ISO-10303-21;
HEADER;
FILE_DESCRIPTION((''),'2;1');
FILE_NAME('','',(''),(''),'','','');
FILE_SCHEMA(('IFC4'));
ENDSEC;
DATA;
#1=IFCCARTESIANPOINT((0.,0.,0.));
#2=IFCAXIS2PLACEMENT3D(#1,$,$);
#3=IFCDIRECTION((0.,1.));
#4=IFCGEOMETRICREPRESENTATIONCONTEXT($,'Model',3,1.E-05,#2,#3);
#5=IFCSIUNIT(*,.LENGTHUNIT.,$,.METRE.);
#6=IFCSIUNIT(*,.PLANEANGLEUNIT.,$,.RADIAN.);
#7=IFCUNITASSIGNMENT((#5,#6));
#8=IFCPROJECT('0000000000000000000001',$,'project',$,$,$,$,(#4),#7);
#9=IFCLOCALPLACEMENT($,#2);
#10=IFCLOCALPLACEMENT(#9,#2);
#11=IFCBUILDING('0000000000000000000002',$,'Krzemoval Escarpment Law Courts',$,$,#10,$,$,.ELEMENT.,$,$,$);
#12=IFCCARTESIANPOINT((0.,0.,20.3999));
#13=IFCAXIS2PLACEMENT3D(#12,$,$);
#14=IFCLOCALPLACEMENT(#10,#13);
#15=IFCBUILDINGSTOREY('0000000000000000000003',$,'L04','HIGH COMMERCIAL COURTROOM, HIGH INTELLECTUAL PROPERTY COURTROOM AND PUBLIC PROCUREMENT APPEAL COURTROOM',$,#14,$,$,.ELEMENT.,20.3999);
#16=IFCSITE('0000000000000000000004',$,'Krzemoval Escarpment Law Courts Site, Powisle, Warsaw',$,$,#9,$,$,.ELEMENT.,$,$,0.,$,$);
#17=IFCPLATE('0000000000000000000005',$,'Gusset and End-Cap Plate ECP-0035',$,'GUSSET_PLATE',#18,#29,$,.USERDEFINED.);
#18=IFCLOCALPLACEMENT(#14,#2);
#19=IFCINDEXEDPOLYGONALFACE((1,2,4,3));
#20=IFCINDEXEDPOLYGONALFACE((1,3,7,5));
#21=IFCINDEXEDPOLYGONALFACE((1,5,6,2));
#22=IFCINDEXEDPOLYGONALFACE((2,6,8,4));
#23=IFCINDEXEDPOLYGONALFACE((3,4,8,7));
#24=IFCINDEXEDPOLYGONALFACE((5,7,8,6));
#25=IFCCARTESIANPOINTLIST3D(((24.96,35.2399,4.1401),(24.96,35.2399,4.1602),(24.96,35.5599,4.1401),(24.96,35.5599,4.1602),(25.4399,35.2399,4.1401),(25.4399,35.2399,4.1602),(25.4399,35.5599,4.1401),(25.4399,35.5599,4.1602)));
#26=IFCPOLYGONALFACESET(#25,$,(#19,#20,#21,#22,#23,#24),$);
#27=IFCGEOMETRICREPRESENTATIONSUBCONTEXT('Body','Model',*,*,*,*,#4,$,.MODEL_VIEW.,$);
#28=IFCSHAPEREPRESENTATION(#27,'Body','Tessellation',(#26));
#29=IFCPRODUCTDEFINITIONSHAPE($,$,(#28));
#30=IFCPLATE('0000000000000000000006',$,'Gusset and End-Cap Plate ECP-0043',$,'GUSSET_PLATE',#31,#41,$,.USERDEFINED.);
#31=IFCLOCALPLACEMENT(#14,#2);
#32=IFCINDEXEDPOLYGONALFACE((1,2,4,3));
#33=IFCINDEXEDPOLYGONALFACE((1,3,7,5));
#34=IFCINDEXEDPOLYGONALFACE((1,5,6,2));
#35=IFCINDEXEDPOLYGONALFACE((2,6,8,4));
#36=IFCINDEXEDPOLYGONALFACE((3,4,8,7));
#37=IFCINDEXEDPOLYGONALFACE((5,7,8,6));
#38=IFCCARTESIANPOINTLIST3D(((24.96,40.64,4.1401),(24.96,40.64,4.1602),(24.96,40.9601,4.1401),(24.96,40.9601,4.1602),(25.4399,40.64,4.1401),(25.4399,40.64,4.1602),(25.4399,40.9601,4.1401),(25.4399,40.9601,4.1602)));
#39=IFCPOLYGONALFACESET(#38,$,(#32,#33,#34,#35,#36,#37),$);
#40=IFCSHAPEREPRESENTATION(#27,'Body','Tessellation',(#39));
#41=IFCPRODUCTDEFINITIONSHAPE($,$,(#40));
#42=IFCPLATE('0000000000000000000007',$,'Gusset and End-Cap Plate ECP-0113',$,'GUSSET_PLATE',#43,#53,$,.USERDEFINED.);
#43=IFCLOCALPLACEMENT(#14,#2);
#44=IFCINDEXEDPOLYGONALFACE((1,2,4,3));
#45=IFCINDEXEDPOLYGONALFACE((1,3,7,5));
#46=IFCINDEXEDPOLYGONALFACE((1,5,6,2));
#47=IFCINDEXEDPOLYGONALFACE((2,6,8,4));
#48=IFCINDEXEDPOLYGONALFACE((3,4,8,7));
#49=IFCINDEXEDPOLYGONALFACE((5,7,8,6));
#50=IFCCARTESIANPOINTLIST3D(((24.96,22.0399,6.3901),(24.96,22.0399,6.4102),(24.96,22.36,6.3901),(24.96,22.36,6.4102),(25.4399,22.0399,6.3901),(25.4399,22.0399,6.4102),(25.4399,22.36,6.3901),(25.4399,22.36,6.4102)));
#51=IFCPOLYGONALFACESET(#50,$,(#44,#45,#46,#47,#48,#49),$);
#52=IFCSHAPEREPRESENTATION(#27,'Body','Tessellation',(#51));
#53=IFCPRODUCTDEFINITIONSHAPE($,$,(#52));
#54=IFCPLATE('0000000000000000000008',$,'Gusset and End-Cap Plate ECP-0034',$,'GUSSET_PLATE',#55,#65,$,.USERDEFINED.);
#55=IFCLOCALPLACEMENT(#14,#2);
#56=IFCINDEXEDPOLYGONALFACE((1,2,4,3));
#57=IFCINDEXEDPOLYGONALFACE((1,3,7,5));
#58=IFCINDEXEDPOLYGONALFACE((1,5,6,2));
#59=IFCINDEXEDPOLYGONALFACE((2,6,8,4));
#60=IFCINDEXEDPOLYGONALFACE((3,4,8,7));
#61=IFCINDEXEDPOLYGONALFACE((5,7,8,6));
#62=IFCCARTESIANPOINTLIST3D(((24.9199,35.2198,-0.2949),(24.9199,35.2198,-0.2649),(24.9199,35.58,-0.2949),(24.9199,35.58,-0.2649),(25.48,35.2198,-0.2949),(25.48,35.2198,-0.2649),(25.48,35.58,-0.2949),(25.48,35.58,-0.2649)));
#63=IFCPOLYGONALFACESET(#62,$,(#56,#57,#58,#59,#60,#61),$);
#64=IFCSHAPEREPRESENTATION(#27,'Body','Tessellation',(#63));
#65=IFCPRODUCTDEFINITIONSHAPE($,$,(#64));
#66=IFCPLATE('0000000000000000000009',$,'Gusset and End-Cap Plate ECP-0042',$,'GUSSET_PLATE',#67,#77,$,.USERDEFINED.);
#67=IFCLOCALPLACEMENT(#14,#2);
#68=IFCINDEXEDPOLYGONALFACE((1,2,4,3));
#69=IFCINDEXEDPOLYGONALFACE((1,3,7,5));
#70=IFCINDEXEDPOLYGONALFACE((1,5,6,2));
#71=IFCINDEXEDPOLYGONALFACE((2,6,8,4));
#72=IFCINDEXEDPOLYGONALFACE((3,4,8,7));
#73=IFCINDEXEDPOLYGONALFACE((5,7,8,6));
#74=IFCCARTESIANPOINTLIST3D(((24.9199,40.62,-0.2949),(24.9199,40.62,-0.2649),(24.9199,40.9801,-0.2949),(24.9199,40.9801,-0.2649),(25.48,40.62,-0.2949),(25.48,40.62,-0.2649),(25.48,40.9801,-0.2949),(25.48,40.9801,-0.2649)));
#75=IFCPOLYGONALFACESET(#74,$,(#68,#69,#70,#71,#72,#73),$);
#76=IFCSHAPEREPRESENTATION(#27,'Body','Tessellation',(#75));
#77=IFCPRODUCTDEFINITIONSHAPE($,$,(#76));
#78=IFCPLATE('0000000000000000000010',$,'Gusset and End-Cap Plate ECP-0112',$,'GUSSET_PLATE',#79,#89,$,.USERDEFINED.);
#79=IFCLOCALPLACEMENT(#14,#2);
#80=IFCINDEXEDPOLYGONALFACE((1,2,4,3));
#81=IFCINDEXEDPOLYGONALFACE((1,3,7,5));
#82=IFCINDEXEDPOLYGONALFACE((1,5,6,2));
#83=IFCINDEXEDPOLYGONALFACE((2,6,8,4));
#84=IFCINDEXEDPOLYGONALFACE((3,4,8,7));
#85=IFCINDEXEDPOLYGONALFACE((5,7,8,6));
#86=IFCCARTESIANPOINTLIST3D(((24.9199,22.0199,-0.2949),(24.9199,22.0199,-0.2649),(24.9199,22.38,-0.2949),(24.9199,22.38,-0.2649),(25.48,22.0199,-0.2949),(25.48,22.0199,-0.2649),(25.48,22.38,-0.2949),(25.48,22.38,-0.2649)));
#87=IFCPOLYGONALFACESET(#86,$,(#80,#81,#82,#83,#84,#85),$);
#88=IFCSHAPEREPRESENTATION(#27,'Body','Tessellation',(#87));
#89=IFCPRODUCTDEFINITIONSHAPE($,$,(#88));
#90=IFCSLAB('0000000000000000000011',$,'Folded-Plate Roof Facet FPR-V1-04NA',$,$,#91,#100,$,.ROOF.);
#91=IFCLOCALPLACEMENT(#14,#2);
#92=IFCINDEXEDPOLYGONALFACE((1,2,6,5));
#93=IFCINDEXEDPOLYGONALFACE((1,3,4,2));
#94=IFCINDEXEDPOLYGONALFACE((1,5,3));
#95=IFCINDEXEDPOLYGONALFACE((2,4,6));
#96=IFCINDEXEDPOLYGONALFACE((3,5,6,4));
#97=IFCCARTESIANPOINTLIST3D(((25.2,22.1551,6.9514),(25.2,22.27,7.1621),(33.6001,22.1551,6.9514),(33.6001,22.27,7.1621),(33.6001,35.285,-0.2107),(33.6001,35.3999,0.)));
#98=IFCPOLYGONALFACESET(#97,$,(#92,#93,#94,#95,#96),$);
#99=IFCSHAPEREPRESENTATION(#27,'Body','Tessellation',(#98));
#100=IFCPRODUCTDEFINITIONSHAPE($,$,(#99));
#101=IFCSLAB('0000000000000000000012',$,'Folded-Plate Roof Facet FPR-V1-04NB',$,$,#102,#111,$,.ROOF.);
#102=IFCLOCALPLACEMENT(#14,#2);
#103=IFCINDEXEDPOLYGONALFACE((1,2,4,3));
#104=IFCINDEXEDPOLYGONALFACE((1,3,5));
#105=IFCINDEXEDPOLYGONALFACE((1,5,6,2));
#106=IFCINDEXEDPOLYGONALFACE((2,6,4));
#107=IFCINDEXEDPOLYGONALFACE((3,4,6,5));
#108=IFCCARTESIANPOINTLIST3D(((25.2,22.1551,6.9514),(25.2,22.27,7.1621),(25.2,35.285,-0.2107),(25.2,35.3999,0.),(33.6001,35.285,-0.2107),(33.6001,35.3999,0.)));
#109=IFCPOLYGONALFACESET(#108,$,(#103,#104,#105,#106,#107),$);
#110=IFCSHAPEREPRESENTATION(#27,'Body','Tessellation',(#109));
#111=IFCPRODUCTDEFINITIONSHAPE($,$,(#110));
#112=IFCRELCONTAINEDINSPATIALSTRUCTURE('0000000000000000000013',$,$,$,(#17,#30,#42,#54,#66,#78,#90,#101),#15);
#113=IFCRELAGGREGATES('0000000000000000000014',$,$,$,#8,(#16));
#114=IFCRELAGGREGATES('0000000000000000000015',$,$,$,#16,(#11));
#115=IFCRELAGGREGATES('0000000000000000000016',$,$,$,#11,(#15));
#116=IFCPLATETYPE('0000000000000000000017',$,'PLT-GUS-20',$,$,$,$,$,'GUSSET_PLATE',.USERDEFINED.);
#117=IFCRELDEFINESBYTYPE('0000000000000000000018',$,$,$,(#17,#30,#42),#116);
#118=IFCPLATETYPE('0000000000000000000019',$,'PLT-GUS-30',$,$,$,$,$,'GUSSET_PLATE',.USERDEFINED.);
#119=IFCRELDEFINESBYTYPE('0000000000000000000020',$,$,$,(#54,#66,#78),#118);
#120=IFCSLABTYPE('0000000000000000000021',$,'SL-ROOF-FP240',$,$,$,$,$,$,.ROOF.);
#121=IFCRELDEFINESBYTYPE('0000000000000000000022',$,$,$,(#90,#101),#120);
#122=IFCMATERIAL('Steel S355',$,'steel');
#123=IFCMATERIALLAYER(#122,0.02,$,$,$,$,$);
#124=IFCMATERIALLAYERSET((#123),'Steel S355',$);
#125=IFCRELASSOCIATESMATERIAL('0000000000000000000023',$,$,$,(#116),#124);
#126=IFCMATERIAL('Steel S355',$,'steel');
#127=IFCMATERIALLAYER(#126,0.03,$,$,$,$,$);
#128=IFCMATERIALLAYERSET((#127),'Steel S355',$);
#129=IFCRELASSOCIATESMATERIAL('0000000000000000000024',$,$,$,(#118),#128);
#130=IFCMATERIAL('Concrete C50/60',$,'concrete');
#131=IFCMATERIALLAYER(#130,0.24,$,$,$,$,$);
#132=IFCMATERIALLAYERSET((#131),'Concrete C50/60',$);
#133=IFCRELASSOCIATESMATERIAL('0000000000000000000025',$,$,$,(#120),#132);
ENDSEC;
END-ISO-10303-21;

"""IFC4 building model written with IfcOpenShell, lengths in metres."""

from ifc_helpers import new_model, si_unit, direction, frame, origin, origin_2d, place, context, subcontext, project, spatial, polyline, rectangle, outline, extrude, material, layer, layer_set, type_object, element, save


model = new_model("IFC4")

# Units and contexts
model_context = context("Model", 3, precision=1e-05, world=origin(), true_north=direction((0.0, 1.0)))
body_context = subcontext(model_context, "Body", "Model", "MODEL_VIEW")
ifc_project = project(units=[si_unit("LENGTHUNIT", "METRE"), si_unit("PLANEANGLEUNIT", "RADIAN")], contexts=[model_context])

# Site, building, storey
site_placement = place(None, origin())
site = spatial("IfcSite", under=ifc_project, at=site_placement, Name="Krzemoval Escarpment Law Courts Site, Powisle, Warsaw", CompositionType="ELEMENT", RefElevation=0.0)
building_placement = place(site_placement, origin())
building = spatial("IfcBuilding", under=site, at=building_placement, Name="Krzemoval Escarpment Law Courts", CompositionType="ELEMENT")
storey_placement = place(building_placement, frame((0.0, 0.0, 20.3999)))
storey = spatial("IfcBuildingStorey", under=building, at=storey_placement, Name="L04", Description="HIGH COMMERCIAL COURTROOM, HIGH INTELLECTUAL PROPERTY COURTROOM AND PUBLIC PROCUREMENT APPEAL COURTROOM", CompositionType="ELEMENT", Elevation=20.3999)

# Plates
ifc_material_1 = material(Name="Steel S355", Category="steel")
ifc_layer_1 = layer(ifc_material_1, 0.02)
ifc_layer_set_1 = layer_set([ifc_layer_1], Name="Steel S355")
plate_type_1 = type_object("IfcPlateType", Name="PLT-GUS-20", ElementType="GUSSET_PLATE", PredefinedType="USERDEFINED", material=ifc_layer_set_1)
for number, where, z_axis, x_axis, name in (
    (1, (25.2, 35.3999, 4.1401), (0.0, 0.0, 1.0), (1.0, 0.0, 0.0), "Gusset and End-Cap Plate ECP-0035"),
    (2, (25.2, 40.8, 4.1401), (0.0, 0.0, 1.0), (1.0, 0.0, 0.0), "Gusset and End-Cap Plate ECP-0043"),
    (3, (25.2, 22.2, 6.3901), (0.0, 0.0, 1.0), (1.0, 0.0, 0.0), "Gusset and End-Cap Plate ECP-0113"),
):
    element("IfcPlate", number, at=place(storey_placement, frame(where, z_axis=z_axis, x_axis=x_axis)), inside=storey, type_object=plate_type_1, Name=name, ObjectType="GUSSET_PLATE", PredefinedType="USERDEFINED", context=body_context, shape_type="SweptSolid", body=[
        extrude(rectangle(XDim=0.48, YDim=0.3201, at=origin_2d()), origin(), (0.0, 0.0, 1.0), 0.02),
    ])
ifc_material_2 = material(Name="Steel S355", Category="steel")
ifc_layer_2 = layer(ifc_material_2, 0.03)
ifc_layer_set_2 = layer_set([ifc_layer_2], Name="Steel S355")
plate_type_2 = type_object("IfcPlateType", Name="PLT-GUS-30", ElementType="GUSSET_PLATE", PredefinedType="USERDEFINED", material=ifc_layer_set_2)
for number, where, z_axis, x_axis, name in (
    (4, (25.2, 35.3999, -0.2949), (0.0, 0.0, 1.0), (1.0, 0.0, 0.0), "Gusset and End-Cap Plate ECP-0034"),
    (5, (25.2, 40.8, -0.2949), (0.0, 0.0, 1.0), (1.0, 0.0, 0.0), "Gusset and End-Cap Plate ECP-0042"),
    (6, (25.2, 22.2, -0.2949), (0.0, 0.0, 1.0), (1.0, 0.0, 0.0), "Gusset and End-Cap Plate ECP-0112"),
):
    element("IfcPlate", number, at=place(storey_placement, frame(where, z_axis=z_axis, x_axis=x_axis)), inside=storey, type_object=plate_type_2, Name=name, ObjectType="GUSSET_PLATE", PredefinedType="USERDEFINED", context=body_context, shape_type="SweptSolid", body=[
        extrude(rectangle(XDim=0.5601, YDim=0.3601, at=origin_2d()), origin(), (0.0, 0.0, 1.0), 0.03),
    ])

# Slabs
ifc_material_3 = material(Name="Concrete C50/60", Category="concrete")
ifc_layer_3 = layer(ifc_material_3, 0.24)
ifc_layer_set_3 = layer_set([ifc_layer_3], Name="Concrete C50/60")
slab_type = type_object("IfcSlabType", Name="SL-ROOF-FP240", PredefinedType="ROOF", material=ifc_layer_set_3)
slab_1_placement = place(storey_placement, frame((25.2, 22.27, 7.1621), z_axis=(0.0, 0.47887, 0.877886), x_axis=(1.0, 0.0, 0.0)))
element("IfcSlab", 7, at=slab_1_placement, inside=storey, type_object=slab_type, Name="Folded-Plate Roof Facet FPR-V1-04NA", PredefinedType="ROOF", context=body_context, shape_type="SweptSolid", body=[
    extrude(outline(polyline([(0.0, 0.0), (8.4001, 0.0), (8.4001, 14.9563), (0.0, 0.0)])), origin(), (0.0, 0.0, -1.0), 0.24),
])
slab_2_placement = place(storey_placement, frame((25.2, 22.27, 7.1621), z_axis=(0.0, 0.47887, 0.877886), x_axis=(0.489697, 0.765422, -0.417524)))
element("IfcSlab", 8, at=slab_2_placement, inside=storey, type_object=slab_type, Name="Folded-Plate Roof Facet FPR-V1-04NB", PredefinedType="ROOF", context=body_context, shape_type="SweptSolid", body=[
    extrude(outline(polyline([(0.0, 0.0), (17.1538, 0.0), (13.0403, 7.324), (0.0, 0.0)])), origin(), (0.0, 0.0, -1.0), 0.24),
])

save(model, "model.ifc")
